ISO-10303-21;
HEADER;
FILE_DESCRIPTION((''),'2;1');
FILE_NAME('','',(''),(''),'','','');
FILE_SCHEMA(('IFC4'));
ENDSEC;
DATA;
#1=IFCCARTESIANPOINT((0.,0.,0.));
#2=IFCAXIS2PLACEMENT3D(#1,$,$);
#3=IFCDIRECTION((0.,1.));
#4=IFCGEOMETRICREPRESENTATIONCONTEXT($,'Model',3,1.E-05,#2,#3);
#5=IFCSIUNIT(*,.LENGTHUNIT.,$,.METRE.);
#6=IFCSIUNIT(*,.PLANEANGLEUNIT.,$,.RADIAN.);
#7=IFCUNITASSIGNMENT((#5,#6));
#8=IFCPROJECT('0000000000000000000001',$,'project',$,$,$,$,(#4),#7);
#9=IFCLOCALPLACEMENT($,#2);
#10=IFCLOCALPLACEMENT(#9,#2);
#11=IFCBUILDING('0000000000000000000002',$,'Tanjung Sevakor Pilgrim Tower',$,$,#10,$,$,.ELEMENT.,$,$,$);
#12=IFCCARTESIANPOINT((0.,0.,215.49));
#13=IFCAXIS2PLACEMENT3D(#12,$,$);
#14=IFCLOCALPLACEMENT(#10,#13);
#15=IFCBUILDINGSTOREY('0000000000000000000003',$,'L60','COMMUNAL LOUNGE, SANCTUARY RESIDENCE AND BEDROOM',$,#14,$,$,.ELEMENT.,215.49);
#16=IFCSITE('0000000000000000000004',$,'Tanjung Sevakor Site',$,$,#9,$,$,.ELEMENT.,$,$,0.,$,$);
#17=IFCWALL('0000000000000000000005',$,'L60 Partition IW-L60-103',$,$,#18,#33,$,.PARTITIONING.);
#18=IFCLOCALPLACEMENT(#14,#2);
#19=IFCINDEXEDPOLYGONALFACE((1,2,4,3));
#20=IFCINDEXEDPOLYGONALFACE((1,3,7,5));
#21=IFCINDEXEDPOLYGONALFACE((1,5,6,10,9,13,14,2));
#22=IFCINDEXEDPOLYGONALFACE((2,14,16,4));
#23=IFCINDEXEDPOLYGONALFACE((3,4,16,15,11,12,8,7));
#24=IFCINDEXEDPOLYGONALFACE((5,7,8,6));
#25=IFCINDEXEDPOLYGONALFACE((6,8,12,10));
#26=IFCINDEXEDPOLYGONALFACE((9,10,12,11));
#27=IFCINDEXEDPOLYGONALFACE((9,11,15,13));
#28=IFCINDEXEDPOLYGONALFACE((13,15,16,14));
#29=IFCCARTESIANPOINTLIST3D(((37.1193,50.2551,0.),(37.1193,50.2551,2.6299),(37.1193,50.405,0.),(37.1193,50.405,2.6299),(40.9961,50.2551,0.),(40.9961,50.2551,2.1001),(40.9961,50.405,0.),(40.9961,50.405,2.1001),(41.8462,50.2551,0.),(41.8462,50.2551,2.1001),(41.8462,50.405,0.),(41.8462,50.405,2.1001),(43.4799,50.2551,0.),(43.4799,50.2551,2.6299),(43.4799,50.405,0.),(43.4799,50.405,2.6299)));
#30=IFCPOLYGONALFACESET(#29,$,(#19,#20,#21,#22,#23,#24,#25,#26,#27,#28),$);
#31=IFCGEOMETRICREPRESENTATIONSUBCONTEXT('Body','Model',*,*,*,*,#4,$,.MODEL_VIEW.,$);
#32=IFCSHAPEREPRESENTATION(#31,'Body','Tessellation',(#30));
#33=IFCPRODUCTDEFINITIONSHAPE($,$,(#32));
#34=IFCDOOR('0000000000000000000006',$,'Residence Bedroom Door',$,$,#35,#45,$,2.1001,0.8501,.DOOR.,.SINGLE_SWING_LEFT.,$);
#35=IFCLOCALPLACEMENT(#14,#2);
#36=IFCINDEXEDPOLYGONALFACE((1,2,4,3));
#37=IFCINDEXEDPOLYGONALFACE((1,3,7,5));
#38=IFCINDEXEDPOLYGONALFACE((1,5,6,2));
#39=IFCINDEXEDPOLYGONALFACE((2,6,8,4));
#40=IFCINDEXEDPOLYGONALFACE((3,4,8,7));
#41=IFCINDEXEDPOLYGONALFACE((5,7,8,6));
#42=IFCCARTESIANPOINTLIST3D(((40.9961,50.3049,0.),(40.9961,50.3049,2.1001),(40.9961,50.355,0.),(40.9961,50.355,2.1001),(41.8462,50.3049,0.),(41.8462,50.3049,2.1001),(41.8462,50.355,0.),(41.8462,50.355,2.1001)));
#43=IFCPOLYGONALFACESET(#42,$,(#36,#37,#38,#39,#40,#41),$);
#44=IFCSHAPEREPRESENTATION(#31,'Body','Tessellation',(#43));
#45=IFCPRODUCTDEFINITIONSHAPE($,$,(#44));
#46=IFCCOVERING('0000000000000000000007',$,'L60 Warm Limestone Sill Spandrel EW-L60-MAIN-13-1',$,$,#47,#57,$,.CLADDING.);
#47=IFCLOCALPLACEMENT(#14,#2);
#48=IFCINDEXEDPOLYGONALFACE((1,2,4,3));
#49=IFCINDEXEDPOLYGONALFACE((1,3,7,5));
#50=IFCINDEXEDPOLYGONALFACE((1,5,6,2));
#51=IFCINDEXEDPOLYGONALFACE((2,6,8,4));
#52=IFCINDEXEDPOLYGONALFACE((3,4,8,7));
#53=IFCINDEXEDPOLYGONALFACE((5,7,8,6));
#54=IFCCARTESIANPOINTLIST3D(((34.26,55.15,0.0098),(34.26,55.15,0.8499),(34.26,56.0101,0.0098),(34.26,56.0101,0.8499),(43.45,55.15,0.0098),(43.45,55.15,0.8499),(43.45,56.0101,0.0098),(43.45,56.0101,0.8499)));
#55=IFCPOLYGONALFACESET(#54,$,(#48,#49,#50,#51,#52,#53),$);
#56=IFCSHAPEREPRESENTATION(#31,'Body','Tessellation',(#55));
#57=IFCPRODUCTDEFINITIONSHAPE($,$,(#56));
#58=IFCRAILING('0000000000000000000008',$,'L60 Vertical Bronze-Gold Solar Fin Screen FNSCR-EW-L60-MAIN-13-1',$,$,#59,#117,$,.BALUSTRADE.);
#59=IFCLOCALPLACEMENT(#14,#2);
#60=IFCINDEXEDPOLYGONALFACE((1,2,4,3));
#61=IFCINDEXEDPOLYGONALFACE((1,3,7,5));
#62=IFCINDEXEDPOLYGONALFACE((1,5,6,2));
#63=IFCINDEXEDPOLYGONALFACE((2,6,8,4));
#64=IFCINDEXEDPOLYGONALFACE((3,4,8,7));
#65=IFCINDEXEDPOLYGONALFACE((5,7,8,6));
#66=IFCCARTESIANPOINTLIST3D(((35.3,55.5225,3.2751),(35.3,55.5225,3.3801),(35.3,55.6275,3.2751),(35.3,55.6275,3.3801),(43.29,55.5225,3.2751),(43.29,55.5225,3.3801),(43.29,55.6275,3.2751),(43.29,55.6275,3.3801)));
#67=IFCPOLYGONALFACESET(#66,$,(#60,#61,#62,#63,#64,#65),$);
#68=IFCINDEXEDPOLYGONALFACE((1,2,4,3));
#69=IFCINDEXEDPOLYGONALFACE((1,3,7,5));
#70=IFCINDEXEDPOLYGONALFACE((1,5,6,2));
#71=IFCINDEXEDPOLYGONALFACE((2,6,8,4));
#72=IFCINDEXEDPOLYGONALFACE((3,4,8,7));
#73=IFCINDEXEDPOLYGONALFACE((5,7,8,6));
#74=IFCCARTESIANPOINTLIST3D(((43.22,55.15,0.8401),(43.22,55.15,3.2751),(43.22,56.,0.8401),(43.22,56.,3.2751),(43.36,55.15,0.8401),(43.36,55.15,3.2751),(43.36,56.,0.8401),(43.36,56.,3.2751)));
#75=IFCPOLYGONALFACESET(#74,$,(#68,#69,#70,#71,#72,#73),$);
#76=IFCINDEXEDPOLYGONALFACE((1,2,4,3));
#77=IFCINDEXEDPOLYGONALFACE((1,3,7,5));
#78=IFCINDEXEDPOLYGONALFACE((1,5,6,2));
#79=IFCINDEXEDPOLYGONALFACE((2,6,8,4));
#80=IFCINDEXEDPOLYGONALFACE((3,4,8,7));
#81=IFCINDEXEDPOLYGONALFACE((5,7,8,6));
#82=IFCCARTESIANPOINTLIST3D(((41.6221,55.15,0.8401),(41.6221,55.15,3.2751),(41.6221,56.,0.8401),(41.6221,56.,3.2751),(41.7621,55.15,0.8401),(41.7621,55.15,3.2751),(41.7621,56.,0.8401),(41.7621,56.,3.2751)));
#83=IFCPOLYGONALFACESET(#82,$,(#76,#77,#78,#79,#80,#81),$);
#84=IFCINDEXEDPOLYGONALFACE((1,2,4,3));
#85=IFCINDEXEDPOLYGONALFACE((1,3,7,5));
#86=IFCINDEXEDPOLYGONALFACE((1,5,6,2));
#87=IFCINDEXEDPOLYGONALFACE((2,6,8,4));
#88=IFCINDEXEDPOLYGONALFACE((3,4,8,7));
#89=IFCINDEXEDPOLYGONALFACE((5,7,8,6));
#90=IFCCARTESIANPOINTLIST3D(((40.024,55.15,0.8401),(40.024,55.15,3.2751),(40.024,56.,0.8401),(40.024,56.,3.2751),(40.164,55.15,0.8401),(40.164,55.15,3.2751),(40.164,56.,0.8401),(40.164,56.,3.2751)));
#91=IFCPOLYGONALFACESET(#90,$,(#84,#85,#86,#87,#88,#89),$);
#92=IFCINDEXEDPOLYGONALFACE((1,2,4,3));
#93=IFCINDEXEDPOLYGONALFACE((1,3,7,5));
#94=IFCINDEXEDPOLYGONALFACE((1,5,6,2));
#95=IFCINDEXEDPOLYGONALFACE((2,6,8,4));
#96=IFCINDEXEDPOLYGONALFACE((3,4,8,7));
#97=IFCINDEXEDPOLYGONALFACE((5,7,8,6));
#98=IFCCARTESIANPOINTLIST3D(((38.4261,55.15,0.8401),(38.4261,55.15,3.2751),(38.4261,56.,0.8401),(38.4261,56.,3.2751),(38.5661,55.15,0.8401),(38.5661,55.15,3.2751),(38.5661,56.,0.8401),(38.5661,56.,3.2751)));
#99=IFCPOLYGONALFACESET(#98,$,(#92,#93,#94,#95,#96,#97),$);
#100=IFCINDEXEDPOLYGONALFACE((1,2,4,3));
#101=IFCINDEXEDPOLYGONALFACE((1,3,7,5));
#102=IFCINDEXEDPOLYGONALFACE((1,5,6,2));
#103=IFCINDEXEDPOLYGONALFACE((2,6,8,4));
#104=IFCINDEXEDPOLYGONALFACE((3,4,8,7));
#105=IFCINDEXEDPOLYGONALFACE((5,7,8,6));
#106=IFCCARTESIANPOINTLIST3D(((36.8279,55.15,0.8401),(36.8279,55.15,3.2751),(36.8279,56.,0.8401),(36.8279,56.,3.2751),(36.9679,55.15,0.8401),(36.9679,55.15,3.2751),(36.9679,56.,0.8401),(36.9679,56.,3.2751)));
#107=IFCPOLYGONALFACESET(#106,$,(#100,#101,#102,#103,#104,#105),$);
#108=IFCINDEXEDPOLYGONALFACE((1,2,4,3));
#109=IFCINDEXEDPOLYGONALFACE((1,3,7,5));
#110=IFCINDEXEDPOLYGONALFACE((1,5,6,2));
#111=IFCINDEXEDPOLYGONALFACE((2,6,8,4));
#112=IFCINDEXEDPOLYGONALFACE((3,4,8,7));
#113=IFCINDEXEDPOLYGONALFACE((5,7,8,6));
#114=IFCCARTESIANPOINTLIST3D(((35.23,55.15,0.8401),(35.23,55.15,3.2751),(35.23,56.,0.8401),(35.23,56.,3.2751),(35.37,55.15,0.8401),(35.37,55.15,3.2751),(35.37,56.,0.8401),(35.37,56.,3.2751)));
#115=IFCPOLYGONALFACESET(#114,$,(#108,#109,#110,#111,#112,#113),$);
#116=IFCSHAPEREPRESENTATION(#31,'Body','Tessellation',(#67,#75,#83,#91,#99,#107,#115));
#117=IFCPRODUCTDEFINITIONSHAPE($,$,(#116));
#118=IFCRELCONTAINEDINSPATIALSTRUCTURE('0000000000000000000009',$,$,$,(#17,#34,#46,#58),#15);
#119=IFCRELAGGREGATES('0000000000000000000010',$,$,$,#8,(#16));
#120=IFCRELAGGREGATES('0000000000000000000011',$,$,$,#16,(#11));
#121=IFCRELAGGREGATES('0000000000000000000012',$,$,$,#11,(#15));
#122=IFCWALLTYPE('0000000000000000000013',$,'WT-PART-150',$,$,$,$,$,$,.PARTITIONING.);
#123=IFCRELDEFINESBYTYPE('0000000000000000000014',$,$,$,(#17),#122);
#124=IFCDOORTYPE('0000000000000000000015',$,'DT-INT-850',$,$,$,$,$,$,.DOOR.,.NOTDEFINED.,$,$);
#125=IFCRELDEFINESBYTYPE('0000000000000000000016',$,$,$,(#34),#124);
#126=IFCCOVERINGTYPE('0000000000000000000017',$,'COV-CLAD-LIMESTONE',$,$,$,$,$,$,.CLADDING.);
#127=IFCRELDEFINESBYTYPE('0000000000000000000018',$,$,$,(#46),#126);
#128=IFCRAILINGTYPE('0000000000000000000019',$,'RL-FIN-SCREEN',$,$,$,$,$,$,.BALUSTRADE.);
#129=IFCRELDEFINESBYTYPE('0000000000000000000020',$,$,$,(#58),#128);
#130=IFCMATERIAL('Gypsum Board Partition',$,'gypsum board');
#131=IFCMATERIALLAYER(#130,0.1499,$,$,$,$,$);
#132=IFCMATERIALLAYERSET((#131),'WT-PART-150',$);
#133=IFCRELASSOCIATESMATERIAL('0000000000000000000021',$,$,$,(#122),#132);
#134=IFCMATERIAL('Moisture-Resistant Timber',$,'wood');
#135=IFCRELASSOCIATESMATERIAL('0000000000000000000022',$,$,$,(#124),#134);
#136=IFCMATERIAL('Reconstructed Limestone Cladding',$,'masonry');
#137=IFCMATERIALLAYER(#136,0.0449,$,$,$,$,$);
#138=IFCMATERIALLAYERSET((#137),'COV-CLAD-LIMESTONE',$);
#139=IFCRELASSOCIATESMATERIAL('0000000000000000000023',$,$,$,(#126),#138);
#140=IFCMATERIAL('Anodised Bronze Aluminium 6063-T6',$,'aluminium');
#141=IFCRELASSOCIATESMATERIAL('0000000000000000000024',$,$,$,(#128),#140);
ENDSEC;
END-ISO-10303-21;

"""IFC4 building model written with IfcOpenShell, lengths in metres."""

from ifc_helpers import new_model, si_unit, direction, frame, frame_2d, origin, origin_2d, place, context, subcontext, project, spatial, rectangle, extrude, material, layer, layer_set, type_object, element, fill, save


model = new_model("IFC4")

# Units and contexts
model_context = context("Model", 3, precision=1e-05, world=origin(), true_north=direction((0.0, 1.0)))
body_context = subcontext(model_context, "Body", "Model", "MODEL_VIEW")
ifc_project = project(units=[si_unit("LENGTHUNIT", "METRE"), si_unit("PLANEANGLEUNIT", "RADIAN")], contexts=[model_context])

# Site, building, storey
site_placement = place(None, origin())
site = spatial("IfcSite", under=ifc_project, at=site_placement, Name="Tanjung Sevakor Site", CompositionType="ELEMENT", RefElevation=0.0)
building_placement = place(site_placement, origin())
building = spatial("IfcBuilding", under=site, at=building_placement, Name="Tanjung Sevakor Pilgrim Tower", CompositionType="ELEMENT")
storey_placement = place(building_placement, frame((0.0, 0.0, 215.49)))
storey = spatial("IfcBuildingStorey", under=building, at=storey_placement, Name="L60", Description="COMMUNAL LOUNGE, SANCTUARY RESIDENCE AND BEDROOM", CompositionType="ELEMENT", Elevation=215.49)

# Shared definitions
ifc_material_1 = material(Name="Gypsum Board Partition", Category="gypsum board")
ifc_layer_1 = layer(ifc_material_1, 0.1499)
ifc_layer_set_1 = layer_set([ifc_layer_1], Name="WT-PART-150")
wall_type_1 = type_object("IfcWallType", Name="WT-PART-150", PredefinedType="PARTITIONING", material=ifc_layer_set_1)

# Shared definitions
ifc_material_2 = material(Name="Moisture-Resistant Timber", Category="wood")
door_type_1 = type_object("IfcDoorType", Name="DT-INT-850", OperationType="NOTDEFINED", PredefinedType="DOOR", material=ifc_material_2)

# Wall, opening, door
wall_1_placement = place(storey_placement, frame((37.1194, 50.3301, 0.0), z_axis=(0.0, 0.0, 1.0), x_axis=(1.0, 0.0, 0.0)))
wall_1 = element("IfcWall", 1, at=wall_1_placement, inside=storey, type_object=wall_type_1, Name="L60 Partition IW-L60-103", PredefinedType="PARTITIONING", context=body_context, shape_type="SweptSolid", body=[
    extrude(rectangle(XDim=6.3606, YDim=0.1499, at=frame_2d((3.1802, 0.0))), origin(), (0.0, 0.0, 1.0), 2.6299),
])
opening_1_placement = place(wall_1_placement, frame((3.8767, 0.0, 0.0)))
opening_1 = element("IfcOpeningElement", 2, at=opening_1_placement, cuts=wall_1, PredefinedType="OPENING", context=body_context, shape_type="SweptSolid", body=[
    extrude(rectangle(XDim=0.8501, YDim=2.1001, at=frame_2d((0.425, 1.05))), frame((0.0, 0.085, 0.0), z_axis=(0.0, -1.0, 0.0), x_axis=(1.0, 0.0, 0.0)), (0.0, 0.0, 1.0), 0.1699),
])
door_1_placement = place(opening_1_placement, origin())
door_1 = element("IfcDoor", 3, at=door_1_placement, inside=storey, type_object=door_type_1, Name="Residence Bedroom Door", OperationType="SINGLE_SWING_LEFT", OverallHeight=2.1001, OverallWidth=0.8501, PredefinedType="DOOR", context=body_context, shape_type="SweptSolid", body=[
    extrude(rectangle(XDim=0.8501, YDim=2.1001, at=frame_2d((0.425, 1.05))), frame((0.0, 0.0249, 0.0), z_axis=(0.0, -1.0, 0.0), x_axis=(1.0, 0.0, 0.0)), (0.0, 0.0, 1.0), 0.05),
])
fill(opening_1, door_1)

# Covering
ifc_material_3 = material(Name="Reconstructed Limestone Cladding", Category="masonry")
ifc_layer_2 = layer(ifc_material_3, 0.0449)
ifc_layer_set_2 = layer_set([ifc_layer_2], Name="COV-CLAD-LIMESTONE")
covering_type = type_object("IfcCoveringType", Name="COV-CLAD-LIMESTONE", PredefinedType="CLADDING", material=ifc_layer_set_2)
covering_placement = place(storey_placement, frame((38.855, 55.5801, 0.0098), z_axis=(0.0, 0.0, 1.0), x_axis=(-1.0, 0.0, 0.0)))
element("IfcCovering", 4, at=covering_placement, inside=storey, type_object=covering_type, Name="L60 Warm Limestone Sill Spandrel EW-L60-MAIN-13-1", PredefinedType="CLADDING", context=body_context, shape_type="SweptSolid", body=[
    extrude(rectangle(XDim=9.1899, YDim=0.8601, at=origin_2d()), origin(), (0.0, 0.0, 1.0), 0.8401),
])

# Railing
ifc_material_4 = material(Name="Anodised Bronze Aluminium 6063-T6", Category="aluminium")
railing_type = type_object("IfcRailingType", Name="RL-FIN-SCREEN", PredefinedType="BALUSTRADE", material=ifc_material_4)
railing_placement = place(storey_placement, frame((43.29, 55.575, 0.8401)))
element("IfcRailing", 5, at=railing_placement, inside=storey, type_object=railing_type, Name="L60 Vertical Bronze-Gold Solar Fin Screen FNSCR-EW-L60-MAIN-13-1", PredefinedType="BALUSTRADE", context=body_context, shape_type="SweptSolid", body=[
    extrude(rectangle(XDim=0.105, YDim=0.105), frame((0.0, 0.0, 2.4875), z_axis=(-1.0, 0.0, 0.0), x_axis=(0.0, -1.0, 0.0)), (0.0, 0.0, 1.0), 7.99),
    extrude(rectangle(XDim=0.14, YDim=0.85), origin(), (0.0, 0.0, 1.0), 2.4351),
    extrude(rectangle(XDim=0.14, YDim=0.85), frame((-1.5979, 0.0, 0.0)), (0.0, 0.0, 1.0), 2.4351),
    extrude(rectangle(XDim=0.14, YDim=0.85), frame((-3.196, 0.0, 0.0)), (0.0, 0.0, 1.0), 2.4351),
    extrude(rectangle(XDim=0.14, YDim=0.85), frame((-4.7939, 0.0, 0.0)), (0.0, 0.0, 1.0), 2.4351),
    extrude(rectangle(XDim=0.14, YDim=0.85), frame((-6.3921, 0.0, 0.0)), (0.0, 0.0, 1.0), 2.4351),
    extrude(rectangle(XDim=0.14, YDim=0.85), frame((-7.99, 0.0, 0.0)), (0.0, 0.0, 1.0), 2.4351),
])

save(model, "model.ifc")
